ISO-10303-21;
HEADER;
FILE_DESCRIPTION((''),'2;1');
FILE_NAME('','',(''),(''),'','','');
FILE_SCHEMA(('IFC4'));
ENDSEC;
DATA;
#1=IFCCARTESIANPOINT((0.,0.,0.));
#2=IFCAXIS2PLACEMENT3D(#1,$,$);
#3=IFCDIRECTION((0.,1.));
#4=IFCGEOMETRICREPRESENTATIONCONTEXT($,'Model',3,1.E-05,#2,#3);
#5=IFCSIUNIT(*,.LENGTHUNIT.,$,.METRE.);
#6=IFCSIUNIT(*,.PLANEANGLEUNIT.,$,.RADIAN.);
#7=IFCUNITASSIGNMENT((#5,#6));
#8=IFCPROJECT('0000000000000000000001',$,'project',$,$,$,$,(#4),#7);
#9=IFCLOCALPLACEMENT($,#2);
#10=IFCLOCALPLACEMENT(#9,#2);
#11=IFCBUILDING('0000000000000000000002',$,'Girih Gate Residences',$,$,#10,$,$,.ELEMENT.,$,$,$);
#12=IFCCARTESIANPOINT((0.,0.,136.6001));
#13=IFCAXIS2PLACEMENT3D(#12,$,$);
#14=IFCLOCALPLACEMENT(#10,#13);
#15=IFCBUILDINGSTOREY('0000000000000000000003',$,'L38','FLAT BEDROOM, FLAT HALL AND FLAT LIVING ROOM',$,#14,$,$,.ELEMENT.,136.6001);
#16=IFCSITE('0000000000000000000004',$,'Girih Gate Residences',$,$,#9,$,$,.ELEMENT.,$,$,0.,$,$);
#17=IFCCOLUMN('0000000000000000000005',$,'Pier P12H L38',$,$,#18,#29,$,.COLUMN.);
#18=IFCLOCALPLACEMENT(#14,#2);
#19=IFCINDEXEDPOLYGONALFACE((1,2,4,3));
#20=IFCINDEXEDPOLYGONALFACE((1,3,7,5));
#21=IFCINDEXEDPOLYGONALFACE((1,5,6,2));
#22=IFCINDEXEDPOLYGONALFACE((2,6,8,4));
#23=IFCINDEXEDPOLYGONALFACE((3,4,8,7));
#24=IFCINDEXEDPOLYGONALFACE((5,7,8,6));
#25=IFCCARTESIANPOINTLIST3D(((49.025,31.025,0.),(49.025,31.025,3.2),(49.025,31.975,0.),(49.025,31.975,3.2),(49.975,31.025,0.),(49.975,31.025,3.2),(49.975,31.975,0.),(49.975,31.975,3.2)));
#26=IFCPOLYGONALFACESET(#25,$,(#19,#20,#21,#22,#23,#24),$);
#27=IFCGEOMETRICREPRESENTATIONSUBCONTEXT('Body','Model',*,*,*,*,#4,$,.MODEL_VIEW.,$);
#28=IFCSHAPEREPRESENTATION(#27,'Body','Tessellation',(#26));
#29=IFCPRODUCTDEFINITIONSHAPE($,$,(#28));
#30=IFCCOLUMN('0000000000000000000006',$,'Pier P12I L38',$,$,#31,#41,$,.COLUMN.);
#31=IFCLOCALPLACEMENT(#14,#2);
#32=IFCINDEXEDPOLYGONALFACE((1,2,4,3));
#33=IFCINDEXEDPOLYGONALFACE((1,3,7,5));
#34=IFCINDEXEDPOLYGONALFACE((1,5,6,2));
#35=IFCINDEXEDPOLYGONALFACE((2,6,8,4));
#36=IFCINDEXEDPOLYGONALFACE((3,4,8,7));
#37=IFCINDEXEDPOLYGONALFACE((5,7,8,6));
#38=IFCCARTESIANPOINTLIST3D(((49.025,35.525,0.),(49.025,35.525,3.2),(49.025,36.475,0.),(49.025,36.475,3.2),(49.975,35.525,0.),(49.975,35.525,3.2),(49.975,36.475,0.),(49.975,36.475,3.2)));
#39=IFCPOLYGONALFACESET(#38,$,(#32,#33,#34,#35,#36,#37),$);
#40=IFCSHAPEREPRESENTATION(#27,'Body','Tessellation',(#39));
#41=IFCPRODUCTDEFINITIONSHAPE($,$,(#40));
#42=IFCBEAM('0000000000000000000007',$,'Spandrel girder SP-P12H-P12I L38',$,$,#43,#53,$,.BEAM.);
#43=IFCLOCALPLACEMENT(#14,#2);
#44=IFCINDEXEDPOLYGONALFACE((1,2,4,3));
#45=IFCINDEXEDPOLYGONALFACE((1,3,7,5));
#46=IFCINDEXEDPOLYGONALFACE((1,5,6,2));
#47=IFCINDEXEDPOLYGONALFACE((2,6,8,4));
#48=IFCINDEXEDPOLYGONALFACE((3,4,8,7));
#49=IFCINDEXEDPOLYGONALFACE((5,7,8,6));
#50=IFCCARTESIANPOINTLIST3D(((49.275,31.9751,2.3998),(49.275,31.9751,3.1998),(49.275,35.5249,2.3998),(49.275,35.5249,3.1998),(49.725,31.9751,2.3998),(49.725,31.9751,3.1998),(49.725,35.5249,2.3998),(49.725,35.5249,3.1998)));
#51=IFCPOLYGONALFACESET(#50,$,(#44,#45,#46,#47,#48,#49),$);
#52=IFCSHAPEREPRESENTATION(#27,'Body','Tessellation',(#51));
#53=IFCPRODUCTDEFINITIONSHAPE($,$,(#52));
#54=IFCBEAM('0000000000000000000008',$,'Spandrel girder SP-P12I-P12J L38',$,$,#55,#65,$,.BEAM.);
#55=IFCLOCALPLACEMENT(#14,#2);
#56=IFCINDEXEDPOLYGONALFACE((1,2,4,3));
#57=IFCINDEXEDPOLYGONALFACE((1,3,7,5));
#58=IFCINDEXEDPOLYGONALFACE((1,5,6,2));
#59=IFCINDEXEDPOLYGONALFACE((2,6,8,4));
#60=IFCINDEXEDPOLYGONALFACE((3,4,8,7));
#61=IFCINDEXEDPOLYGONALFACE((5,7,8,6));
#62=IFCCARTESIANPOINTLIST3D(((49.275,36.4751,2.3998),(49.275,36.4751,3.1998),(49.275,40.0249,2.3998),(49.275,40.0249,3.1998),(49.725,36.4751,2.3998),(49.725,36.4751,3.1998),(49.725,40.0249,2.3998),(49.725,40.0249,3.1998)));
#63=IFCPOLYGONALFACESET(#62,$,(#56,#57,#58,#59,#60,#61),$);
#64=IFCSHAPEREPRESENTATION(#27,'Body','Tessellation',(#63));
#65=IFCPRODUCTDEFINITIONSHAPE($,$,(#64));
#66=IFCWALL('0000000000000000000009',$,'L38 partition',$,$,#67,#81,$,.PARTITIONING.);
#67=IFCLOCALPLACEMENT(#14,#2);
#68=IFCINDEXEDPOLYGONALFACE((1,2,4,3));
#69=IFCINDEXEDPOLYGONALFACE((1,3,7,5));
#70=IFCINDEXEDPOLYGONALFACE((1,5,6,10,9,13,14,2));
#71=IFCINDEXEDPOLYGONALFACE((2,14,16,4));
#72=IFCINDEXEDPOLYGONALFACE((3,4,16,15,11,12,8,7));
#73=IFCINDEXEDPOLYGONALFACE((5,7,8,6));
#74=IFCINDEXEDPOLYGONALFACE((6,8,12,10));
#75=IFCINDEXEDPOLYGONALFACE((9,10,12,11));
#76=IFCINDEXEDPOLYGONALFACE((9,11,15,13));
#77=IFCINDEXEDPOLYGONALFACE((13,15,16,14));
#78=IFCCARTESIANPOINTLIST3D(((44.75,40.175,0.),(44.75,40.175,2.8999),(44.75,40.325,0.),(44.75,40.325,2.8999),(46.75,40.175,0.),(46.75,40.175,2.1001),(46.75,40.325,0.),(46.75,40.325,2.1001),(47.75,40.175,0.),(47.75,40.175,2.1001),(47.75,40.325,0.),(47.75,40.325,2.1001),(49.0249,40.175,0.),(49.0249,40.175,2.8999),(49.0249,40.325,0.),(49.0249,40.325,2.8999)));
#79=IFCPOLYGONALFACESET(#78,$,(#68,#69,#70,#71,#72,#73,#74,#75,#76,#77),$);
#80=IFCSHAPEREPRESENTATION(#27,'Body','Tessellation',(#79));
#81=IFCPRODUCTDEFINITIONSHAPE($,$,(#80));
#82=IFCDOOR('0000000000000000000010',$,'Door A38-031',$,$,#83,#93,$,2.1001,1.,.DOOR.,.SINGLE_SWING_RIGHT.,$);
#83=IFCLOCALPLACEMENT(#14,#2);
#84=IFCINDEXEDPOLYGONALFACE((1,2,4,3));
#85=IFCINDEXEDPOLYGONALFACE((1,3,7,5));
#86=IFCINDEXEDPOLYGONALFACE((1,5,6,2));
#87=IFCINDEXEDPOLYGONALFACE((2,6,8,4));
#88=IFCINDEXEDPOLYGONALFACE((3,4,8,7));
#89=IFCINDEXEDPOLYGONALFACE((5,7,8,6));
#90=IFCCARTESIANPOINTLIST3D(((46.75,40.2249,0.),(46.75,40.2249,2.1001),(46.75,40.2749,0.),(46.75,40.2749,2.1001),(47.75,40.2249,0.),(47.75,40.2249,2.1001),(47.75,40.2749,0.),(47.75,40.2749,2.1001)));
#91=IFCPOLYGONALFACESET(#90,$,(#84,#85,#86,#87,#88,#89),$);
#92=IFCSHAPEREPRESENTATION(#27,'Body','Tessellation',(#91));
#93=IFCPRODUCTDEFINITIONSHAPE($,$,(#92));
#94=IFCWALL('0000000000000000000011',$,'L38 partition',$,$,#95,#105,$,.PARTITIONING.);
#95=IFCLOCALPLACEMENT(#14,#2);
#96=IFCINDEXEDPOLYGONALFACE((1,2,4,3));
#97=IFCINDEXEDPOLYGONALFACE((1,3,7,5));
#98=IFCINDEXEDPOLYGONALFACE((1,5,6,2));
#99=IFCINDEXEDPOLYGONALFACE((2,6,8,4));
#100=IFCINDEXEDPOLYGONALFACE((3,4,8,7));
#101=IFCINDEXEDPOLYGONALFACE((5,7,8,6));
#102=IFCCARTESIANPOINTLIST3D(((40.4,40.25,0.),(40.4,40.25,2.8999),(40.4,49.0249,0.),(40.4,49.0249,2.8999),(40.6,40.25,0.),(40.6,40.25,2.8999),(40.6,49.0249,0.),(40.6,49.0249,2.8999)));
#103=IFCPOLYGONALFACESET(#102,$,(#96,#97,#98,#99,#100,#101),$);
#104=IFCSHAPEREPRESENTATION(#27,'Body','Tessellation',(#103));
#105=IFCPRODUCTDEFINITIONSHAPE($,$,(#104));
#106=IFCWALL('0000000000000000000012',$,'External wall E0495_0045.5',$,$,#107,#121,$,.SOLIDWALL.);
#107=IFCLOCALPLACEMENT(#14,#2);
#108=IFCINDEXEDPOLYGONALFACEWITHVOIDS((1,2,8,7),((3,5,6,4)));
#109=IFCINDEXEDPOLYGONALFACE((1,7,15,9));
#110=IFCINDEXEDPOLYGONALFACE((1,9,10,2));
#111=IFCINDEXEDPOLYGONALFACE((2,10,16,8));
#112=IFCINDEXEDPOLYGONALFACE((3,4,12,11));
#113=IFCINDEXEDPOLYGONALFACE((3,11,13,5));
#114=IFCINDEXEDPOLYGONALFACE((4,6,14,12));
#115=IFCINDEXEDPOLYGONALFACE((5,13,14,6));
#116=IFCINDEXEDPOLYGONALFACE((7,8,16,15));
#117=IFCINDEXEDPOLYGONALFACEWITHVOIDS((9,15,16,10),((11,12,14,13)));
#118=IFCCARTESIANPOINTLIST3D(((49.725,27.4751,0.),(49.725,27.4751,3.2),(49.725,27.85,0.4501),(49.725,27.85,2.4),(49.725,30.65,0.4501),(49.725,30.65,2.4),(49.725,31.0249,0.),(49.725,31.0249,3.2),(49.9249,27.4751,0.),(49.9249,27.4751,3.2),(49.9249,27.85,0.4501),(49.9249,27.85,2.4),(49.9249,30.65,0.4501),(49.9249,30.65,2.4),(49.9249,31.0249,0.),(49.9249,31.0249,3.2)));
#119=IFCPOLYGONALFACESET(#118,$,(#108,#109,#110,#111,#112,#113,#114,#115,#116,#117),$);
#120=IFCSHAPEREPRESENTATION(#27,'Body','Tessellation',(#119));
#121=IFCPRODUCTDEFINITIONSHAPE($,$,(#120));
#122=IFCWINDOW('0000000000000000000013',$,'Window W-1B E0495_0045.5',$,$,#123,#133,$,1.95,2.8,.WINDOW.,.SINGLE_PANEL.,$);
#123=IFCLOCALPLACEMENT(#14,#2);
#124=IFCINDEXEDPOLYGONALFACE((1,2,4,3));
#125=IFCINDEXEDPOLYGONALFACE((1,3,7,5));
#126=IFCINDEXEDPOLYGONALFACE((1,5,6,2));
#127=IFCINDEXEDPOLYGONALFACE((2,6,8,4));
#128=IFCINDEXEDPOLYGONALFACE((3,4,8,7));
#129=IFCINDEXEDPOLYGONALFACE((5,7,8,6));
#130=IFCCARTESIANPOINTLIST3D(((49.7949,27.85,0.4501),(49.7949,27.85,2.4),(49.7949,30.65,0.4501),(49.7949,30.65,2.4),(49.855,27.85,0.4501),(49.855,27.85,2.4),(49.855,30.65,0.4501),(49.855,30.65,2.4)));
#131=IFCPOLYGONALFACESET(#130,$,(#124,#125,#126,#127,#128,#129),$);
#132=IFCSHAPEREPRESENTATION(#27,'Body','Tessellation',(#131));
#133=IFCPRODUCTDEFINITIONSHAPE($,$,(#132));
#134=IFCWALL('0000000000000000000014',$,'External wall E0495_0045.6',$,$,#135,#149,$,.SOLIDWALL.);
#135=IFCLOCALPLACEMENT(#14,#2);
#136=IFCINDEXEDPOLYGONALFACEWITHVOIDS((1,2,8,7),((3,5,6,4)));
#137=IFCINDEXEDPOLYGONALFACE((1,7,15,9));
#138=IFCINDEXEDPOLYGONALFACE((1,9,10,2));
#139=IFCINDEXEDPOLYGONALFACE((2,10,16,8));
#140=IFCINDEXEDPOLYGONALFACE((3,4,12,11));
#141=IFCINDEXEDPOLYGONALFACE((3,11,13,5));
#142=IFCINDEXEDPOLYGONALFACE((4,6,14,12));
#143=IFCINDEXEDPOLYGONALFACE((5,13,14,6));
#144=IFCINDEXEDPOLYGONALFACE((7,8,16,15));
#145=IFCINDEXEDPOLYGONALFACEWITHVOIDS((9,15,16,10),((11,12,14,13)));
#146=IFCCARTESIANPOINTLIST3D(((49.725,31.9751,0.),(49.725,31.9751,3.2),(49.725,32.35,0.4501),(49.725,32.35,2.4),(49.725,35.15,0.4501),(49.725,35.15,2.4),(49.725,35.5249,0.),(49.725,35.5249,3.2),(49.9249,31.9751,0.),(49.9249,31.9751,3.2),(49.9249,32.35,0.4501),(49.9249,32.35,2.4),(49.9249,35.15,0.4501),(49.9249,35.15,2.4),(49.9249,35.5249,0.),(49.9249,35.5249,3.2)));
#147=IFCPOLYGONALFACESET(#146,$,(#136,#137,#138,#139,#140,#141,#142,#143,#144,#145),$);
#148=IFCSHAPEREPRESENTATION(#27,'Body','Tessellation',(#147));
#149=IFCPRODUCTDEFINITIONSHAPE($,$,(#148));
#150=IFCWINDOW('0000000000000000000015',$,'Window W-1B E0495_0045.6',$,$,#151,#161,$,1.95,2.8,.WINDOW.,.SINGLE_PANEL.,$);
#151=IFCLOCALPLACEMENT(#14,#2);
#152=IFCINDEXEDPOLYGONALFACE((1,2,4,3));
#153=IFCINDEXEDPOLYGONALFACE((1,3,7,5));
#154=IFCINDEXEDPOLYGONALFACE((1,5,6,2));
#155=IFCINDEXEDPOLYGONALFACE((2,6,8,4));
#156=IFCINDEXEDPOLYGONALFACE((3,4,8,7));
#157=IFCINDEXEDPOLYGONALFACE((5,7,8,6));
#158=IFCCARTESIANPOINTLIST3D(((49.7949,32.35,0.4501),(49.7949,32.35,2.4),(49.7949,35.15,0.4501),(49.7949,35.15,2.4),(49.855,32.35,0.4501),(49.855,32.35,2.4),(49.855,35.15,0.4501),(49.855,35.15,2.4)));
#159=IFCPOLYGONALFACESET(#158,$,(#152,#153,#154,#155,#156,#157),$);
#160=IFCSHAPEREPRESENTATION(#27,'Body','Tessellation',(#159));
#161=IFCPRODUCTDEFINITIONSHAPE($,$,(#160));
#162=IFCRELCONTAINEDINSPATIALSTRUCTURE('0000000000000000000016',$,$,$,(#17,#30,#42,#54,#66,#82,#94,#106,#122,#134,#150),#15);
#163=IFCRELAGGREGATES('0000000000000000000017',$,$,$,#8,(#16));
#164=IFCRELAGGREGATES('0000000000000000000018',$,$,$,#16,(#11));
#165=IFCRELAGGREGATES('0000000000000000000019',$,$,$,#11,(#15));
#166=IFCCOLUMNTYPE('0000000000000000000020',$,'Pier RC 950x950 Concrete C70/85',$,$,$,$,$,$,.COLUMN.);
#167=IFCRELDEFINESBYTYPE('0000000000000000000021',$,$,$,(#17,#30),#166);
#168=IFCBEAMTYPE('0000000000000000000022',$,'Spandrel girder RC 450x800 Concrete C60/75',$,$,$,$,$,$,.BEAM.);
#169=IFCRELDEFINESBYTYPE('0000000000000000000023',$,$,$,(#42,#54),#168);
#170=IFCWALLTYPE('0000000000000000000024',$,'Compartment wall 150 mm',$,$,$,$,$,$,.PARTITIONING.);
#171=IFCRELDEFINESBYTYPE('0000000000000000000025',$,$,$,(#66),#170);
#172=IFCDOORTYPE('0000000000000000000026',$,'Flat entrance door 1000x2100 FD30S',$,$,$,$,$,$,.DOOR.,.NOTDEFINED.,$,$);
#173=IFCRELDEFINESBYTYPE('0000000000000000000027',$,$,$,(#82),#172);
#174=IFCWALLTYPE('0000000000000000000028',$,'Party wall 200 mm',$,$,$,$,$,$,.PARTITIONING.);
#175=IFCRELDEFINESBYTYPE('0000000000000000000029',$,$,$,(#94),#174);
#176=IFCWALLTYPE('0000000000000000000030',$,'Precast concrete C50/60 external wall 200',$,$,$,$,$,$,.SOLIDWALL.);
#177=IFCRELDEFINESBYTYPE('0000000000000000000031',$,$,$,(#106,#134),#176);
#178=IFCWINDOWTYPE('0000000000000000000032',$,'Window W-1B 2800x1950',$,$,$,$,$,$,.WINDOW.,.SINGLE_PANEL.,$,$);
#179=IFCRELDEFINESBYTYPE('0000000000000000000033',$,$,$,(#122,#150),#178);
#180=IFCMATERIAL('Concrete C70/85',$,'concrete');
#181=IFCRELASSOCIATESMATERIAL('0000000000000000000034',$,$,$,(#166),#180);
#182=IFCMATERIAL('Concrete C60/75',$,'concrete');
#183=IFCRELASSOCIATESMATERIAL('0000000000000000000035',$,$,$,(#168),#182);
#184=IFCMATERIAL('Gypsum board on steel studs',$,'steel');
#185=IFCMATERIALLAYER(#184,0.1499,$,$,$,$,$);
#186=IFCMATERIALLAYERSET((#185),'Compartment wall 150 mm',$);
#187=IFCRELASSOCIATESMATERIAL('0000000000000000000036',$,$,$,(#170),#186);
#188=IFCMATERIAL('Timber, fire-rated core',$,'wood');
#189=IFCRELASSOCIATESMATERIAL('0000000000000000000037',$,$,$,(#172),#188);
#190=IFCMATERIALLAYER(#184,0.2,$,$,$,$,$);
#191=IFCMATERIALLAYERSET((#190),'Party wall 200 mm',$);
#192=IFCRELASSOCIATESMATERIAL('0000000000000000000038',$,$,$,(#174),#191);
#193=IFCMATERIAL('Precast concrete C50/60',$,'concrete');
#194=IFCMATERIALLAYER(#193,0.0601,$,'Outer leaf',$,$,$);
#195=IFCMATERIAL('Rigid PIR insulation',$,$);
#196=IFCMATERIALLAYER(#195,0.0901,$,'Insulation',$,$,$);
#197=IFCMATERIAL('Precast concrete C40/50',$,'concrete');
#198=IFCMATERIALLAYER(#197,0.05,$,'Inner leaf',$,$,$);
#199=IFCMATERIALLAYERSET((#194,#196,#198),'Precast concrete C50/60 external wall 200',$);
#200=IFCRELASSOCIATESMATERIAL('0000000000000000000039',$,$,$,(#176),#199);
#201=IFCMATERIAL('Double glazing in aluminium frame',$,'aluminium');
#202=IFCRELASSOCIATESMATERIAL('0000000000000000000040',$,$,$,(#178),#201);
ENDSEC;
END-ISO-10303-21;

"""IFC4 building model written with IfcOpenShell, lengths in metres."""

from ifc_helpers import new_model, si_unit, direction, frame, frame_2d, origin, origin_2d, place, context, subcontext, project, spatial, rectangle, extrude, material, layer, layer_set, material_profile, profile_set, type_object, element, fill, save


model = new_model("IFC4")

# Units and contexts
model_context = context("Model", 3, precision=1e-05, world=origin(), true_north=direction((0.0, 1.0)))
body_context = subcontext(model_context, "Body", "Model", "MODEL_VIEW")
ifc_project = project(units=[si_unit("LENGTHUNIT", "METRE"), si_unit("PLANEANGLEUNIT", "RADIAN")], contexts=[model_context])

# Site, building, storey
site_placement = place(None, origin())
site = spatial("IfcSite", under=ifc_project, at=site_placement, Name="Girih Gate Residences", CompositionType="ELEMENT", RefElevation=0.0)
building_placement = place(site_placement, origin())
building = spatial("IfcBuilding", under=site, at=building_placement, Name="Girih Gate Residences", CompositionType="ELEMENT")
storey_placement = place(building_placement, frame((0.0, 0.0, 136.6001)))
storey = spatial("IfcBuildingStorey", under=building, at=storey_placement, Name="L38", Description="FLAT BEDROOM, FLAT HALL AND FLAT LIVING ROOM", CompositionType="ELEMENT", Elevation=136.6001)

# Columns
ifc_material_1 = material(Name="Concrete C70/85", Category="concrete")
ifc_material_profile_1 = material_profile(ifc_material_1, rectangle(XDim=0.95, YDim=0.95, at=origin_2d()))
ifc_profile_set_1 = profile_set([ifc_material_profile_1], Name="Concrete C70/85")
column_type = type_object("IfcColumnType", Name="Pier RC 950x950 Concrete C70/85", PredefinedType="COLUMN", material=ifc_profile_set_1)
for number, where, z_axis, x_axis, name in (
    (1, (49.5, 31.5, 0.0), (0.0, 0.0, 1.0), (1.0, 0.0, 0.0), "Pier P12H L38"),
    (2, (49.5, 36.0, 0.0), (0.0, 0.0, 1.0), (1.0, 0.0, 0.0), "Pier P12I L38"),
):
    element("IfcColumn", number, at=place(storey_placement, frame(where, z_axis=z_axis, x_axis=x_axis)), inside=storey, type_object=column_type, Name=name, PredefinedType="COLUMN", context=body_context, shape_type="SweptSolid", body=[
        extrude(rectangle(XDim=0.95, YDim=0.95, at=origin_2d()), origin(), (0.0, 0.0, 1.0), 3.2),
    ])

# Beams
ifc_material_2 = material(Name="Concrete C60/75", Category="concrete")
ifc_material_profile_2 = material_profile(ifc_material_2, rectangle(XDim=0.45, YDim=0.8, at=origin_2d()))
ifc_profile_set_2 = profile_set([ifc_material_profile_2], Name="Concrete C60/75")
beam_type = type_object("IfcBeamType", Name="Spandrel girder RC 450x800 Concrete C60/75", PredefinedType="BEAM", material=ifc_profile_set_2)
for number, where, z_axis, x_axis, name in (
    (3, (49.5, 31.9751, 2.7998), (0.0, 1.0, 0.0), (-1.0, 0.0, 0.0), "Spandrel girder SP-P12H-P12I L38"),
    (4, (49.5, 36.4751, 2.7998), (0.0, 1.0, 0.0), (-1.0, 0.0, 0.0), "Spandrel girder SP-P12I-P12J L38"),
):
    element("IfcBeam", number, at=place(storey_placement, frame(where, z_axis=z_axis, x_axis=x_axis)), inside=storey, type_object=beam_type, Name=name, PredefinedType="BEAM", context=body_context, shape_type="SweptSolid", body=[
        extrude(rectangle(XDim=0.45, YDim=0.8, at=origin_2d()), origin(), (0.0, 0.0, 1.0), 3.5498),
    ])

# Wall, opening, door
ifc_material_3 = material(Name="Gypsum board on steel studs", Category="steel")
ifc_layer_1 = layer(ifc_material_3, 0.1499)
ifc_layer_set_1 = layer_set([ifc_layer_1], Name="Compartment wall 150 mm")
wall_type_1 = type_object("IfcWallType", Name="Compartment wall 150 mm", PredefinedType="PARTITIONING", material=ifc_layer_set_1)
wall_1_placement = place(storey_placement, frame((44.75, 40.25, 0.0), z_axis=(0.0, 0.0, 1.0), x_axis=(1.0, 0.0, 0.0)))
wall_1 = element("IfcWall", 5, at=wall_1_placement, inside=storey, type_object=wall_type_1, Name="L38 partition", PredefinedType="PARTITIONING", context=body_context, shape_type="SweptSolid", body=[
    extrude(rectangle(XDim=4.2749, YDim=0.1499, at=frame_2d((2.1375, 0.0))), origin(), (0.0, 0.0, 1.0), 2.8999),
])
opening_1_placement = place(wall_1_placement, frame((2.0, 0.0, 0.0)))
opening_1 = element("IfcOpeningElement", 6, at=opening_1_placement, cuts=wall_1, PredefinedType="OPENING", context=body_context, shape_type="SweptSolid", body=[
    extrude(rectangle(XDim=1.0, YDim=2.1001, at=frame_2d((0.5, 1.05))), frame((0.0, 0.085, 0.0), z_axis=(0.0, -1.0, 0.0), x_axis=(1.0, 0.0, 0.0)), (0.0, 0.0, 1.0), 0.1699),
])
ifc_material_4 = material(Name="Timber, fire-rated core", Category="wood")
door_type = type_object("IfcDoorType", Name="Flat entrance door 1000x2100 FD30S", OperationType="NOTDEFINED", PredefinedType="DOOR", material=ifc_material_4)
door_placement = place(opening_1_placement, origin())
door = element("IfcDoor", 7, at=door_placement, inside=storey, type_object=door_type, Name="Door A38-031", OperationType="SINGLE_SWING_RIGHT", OverallHeight=2.1001, OverallWidth=1.0, PredefinedType="DOOR", context=body_context, shape_type="SweptSolid", body=[
    extrude(rectangle(XDim=1.0, YDim=2.1001, at=frame_2d((0.5, 1.05))), frame((0.0, 0.0249, 0.0), z_axis=(0.0, -1.0, 0.0), x_axis=(1.0, 0.0, 0.0)), (0.0, 0.0, 1.0), 0.05),
])
fill(opening_1, door)

# Wall
ifc_layer_2 = layer(ifc_material_3, 0.2)
ifc_layer_set_2 = layer_set([ifc_layer_2], Name="Party wall 200 mm")
wall_type_2 = type_object("IfcWallType", Name="Party wall 200 mm", PredefinedType="PARTITIONING", material=ifc_layer_set_2)
wall_2_placement = place(storey_placement, frame((40.5, 40.25, 0.0), z_axis=(0.0, 0.0, 1.0), x_axis=(0.0, 1.0, 0.0)))
element("IfcWall", 8, at=wall_2_placement, inside=storey, type_object=wall_type_2, Name="L38 partition", PredefinedType="PARTITIONING", context=body_context, shape_type="SweptSolid", body=[
    extrude(rectangle(XDim=8.7749, YDim=0.2, at=frame_2d((4.3875, 0.0))), origin(), (0.0, 0.0, 1.0), 2.8999),
])

# Walls, openings, windows
ifc_material_5 = material(Name="Precast concrete C50/60", Category="concrete")
ifc_layer_3 = layer(ifc_material_5, 0.0601, Name="Outer leaf")
ifc_material_6 = material(Name="Rigid PIR insulation")
ifc_layer_4 = layer(ifc_material_6, 0.0901, Name="Insulation")
ifc_material_7 = material(Name="Precast concrete C40/50", Category="concrete")
ifc_layer_5 = layer(ifc_material_7, 0.05, Name="Inner leaf")
ifc_layer_set_3 = layer_set([ifc_layer_3, ifc_layer_4, ifc_layer_5], Name="Precast concrete C50/60 external wall 200")
wall_type_3 = type_object("IfcWallType", Name="Precast concrete C50/60 external wall 200", PredefinedType="SOLIDWALL", material=ifc_layer_set_3)
wall_3_placement = place(storey_placement, frame((49.825, 31.0249, 0.0), z_axis=(0.0, 0.0, 1.0), x_axis=(0.0, -1.0, 0.0)))
wall_3 = element("IfcWall", 9, at=wall_3_placement, inside=storey, type_object=wall_type_3, Name="External wall E0495_0045.5", PredefinedType="SOLIDWALL", context=body_context, shape_type="SweptSolid", body=[
    extrude(rectangle(XDim=3.5498, YDim=0.2, at=frame_2d((1.7749, 0.0))), origin(), (0.0, 0.0, 1.0), 3.2),
])
opening_2_placement = place(wall_3_placement, frame((0.375, 0.0, 0.45)))
opening_2 = element("IfcOpeningElement", 10, at=opening_2_placement, cuts=wall_3, PredefinedType="OPENING", context=body_context, shape_type="SweptSolid", body=[
    extrude(rectangle(XDim=2.8, YDim=1.95, at=frame_2d((1.3999, 0.9751))), frame((0.0, 0.1099, 0.0), z_axis=(0.0, -1.0, 0.0), x_axis=(1.0, 0.0, 0.0)), (0.0, 0.0, 1.0), 0.22),
])
ifc_material_8 = material(Name="Double glazing in aluminium frame", Category="aluminium")
window_type = type_object("IfcWindowType", Name="Window W-1B 2800x1950", PartitioningType="SINGLE_PANEL", PredefinedType="WINDOW", material=ifc_material_8)
window_1_placement = place(opening_2_placement, origin())
window_1 = element("IfcWindow", 11, at=window_1_placement, inside=storey, type_object=window_type, Name="Window W-1B E0495_0045.5", OverallHeight=1.95, OverallWidth=2.8, PartitioningType="SINGLE_PANEL", PredefinedType="WINDOW", context=body_context, shape_type="SweptSolid", body=[
    extrude(rectangle(XDim=2.8, YDim=1.95, at=frame_2d((1.3999, 0.9751))), frame((0.0, 0.03, 0.0), z_axis=(0.0, -1.0, 0.0), x_axis=(1.0, 0.0, 0.0)), (0.0, 0.0, 1.0), 0.0601),
])
fill(opening_2, window_1)
wall_4_placement = place(storey_placement, frame((49.825, 35.5249, 0.0), z_axis=(0.0, 0.0, 1.0), x_axis=(0.0, -1.0, 0.0)))
wall_4 = element("IfcWall", 12, at=wall_4_placement, inside=storey, type_object=wall_type_3, Name="External wall E0495_0045.6", PredefinedType="SOLIDWALL", context=body_context, shape_type="SweptSolid", body=[
    extrude(rectangle(XDim=3.5498, YDim=0.2, at=frame_2d((1.7749, 0.0))), origin(), (0.0, 0.0, 1.0), 3.2),
])
opening_3_placement = place(wall_4_placement, frame((0.375, 0.0, 0.45)))
opening_3 = element("IfcOpeningElement", 13, at=opening_3_placement, cuts=wall_4, PredefinedType="OPENING", context=body_context, shape_type="SweptSolid", body=[
    extrude(rectangle(XDim=2.8, YDim=1.95, at=frame_2d((1.3999, 0.9751))), frame((0.0, 0.1099, 0.0), z_axis=(0.0, -1.0, 0.0), x_axis=(1.0, 0.0, 0.0)), (0.0, 0.0, 1.0), 0.22),
])
window_2_placement = place(opening_3_placement, origin())
window_2 = element("IfcWindow", 14, at=window_2_placement, inside=storey, type_object=window_type, Name="Window W-1B E0495_0045.6", OverallHeight=1.95, OverallWidth=2.8, PartitioningType="SINGLE_PANEL", PredefinedType="WINDOW", context=body_context, shape_type="SweptSolid", body=[
    extrude(rectangle(XDim=2.8, YDim=1.95, at=frame_2d((1.3999, 0.9751))), frame((0.0, 0.03, 0.0), z_axis=(0.0, -1.0, 0.0), x_axis=(1.0, 0.0, 0.0)), (0.0, 0.0, 1.0), 0.0601),
])
fill(opening_3, window_2)

save(model, "model.ifc")
